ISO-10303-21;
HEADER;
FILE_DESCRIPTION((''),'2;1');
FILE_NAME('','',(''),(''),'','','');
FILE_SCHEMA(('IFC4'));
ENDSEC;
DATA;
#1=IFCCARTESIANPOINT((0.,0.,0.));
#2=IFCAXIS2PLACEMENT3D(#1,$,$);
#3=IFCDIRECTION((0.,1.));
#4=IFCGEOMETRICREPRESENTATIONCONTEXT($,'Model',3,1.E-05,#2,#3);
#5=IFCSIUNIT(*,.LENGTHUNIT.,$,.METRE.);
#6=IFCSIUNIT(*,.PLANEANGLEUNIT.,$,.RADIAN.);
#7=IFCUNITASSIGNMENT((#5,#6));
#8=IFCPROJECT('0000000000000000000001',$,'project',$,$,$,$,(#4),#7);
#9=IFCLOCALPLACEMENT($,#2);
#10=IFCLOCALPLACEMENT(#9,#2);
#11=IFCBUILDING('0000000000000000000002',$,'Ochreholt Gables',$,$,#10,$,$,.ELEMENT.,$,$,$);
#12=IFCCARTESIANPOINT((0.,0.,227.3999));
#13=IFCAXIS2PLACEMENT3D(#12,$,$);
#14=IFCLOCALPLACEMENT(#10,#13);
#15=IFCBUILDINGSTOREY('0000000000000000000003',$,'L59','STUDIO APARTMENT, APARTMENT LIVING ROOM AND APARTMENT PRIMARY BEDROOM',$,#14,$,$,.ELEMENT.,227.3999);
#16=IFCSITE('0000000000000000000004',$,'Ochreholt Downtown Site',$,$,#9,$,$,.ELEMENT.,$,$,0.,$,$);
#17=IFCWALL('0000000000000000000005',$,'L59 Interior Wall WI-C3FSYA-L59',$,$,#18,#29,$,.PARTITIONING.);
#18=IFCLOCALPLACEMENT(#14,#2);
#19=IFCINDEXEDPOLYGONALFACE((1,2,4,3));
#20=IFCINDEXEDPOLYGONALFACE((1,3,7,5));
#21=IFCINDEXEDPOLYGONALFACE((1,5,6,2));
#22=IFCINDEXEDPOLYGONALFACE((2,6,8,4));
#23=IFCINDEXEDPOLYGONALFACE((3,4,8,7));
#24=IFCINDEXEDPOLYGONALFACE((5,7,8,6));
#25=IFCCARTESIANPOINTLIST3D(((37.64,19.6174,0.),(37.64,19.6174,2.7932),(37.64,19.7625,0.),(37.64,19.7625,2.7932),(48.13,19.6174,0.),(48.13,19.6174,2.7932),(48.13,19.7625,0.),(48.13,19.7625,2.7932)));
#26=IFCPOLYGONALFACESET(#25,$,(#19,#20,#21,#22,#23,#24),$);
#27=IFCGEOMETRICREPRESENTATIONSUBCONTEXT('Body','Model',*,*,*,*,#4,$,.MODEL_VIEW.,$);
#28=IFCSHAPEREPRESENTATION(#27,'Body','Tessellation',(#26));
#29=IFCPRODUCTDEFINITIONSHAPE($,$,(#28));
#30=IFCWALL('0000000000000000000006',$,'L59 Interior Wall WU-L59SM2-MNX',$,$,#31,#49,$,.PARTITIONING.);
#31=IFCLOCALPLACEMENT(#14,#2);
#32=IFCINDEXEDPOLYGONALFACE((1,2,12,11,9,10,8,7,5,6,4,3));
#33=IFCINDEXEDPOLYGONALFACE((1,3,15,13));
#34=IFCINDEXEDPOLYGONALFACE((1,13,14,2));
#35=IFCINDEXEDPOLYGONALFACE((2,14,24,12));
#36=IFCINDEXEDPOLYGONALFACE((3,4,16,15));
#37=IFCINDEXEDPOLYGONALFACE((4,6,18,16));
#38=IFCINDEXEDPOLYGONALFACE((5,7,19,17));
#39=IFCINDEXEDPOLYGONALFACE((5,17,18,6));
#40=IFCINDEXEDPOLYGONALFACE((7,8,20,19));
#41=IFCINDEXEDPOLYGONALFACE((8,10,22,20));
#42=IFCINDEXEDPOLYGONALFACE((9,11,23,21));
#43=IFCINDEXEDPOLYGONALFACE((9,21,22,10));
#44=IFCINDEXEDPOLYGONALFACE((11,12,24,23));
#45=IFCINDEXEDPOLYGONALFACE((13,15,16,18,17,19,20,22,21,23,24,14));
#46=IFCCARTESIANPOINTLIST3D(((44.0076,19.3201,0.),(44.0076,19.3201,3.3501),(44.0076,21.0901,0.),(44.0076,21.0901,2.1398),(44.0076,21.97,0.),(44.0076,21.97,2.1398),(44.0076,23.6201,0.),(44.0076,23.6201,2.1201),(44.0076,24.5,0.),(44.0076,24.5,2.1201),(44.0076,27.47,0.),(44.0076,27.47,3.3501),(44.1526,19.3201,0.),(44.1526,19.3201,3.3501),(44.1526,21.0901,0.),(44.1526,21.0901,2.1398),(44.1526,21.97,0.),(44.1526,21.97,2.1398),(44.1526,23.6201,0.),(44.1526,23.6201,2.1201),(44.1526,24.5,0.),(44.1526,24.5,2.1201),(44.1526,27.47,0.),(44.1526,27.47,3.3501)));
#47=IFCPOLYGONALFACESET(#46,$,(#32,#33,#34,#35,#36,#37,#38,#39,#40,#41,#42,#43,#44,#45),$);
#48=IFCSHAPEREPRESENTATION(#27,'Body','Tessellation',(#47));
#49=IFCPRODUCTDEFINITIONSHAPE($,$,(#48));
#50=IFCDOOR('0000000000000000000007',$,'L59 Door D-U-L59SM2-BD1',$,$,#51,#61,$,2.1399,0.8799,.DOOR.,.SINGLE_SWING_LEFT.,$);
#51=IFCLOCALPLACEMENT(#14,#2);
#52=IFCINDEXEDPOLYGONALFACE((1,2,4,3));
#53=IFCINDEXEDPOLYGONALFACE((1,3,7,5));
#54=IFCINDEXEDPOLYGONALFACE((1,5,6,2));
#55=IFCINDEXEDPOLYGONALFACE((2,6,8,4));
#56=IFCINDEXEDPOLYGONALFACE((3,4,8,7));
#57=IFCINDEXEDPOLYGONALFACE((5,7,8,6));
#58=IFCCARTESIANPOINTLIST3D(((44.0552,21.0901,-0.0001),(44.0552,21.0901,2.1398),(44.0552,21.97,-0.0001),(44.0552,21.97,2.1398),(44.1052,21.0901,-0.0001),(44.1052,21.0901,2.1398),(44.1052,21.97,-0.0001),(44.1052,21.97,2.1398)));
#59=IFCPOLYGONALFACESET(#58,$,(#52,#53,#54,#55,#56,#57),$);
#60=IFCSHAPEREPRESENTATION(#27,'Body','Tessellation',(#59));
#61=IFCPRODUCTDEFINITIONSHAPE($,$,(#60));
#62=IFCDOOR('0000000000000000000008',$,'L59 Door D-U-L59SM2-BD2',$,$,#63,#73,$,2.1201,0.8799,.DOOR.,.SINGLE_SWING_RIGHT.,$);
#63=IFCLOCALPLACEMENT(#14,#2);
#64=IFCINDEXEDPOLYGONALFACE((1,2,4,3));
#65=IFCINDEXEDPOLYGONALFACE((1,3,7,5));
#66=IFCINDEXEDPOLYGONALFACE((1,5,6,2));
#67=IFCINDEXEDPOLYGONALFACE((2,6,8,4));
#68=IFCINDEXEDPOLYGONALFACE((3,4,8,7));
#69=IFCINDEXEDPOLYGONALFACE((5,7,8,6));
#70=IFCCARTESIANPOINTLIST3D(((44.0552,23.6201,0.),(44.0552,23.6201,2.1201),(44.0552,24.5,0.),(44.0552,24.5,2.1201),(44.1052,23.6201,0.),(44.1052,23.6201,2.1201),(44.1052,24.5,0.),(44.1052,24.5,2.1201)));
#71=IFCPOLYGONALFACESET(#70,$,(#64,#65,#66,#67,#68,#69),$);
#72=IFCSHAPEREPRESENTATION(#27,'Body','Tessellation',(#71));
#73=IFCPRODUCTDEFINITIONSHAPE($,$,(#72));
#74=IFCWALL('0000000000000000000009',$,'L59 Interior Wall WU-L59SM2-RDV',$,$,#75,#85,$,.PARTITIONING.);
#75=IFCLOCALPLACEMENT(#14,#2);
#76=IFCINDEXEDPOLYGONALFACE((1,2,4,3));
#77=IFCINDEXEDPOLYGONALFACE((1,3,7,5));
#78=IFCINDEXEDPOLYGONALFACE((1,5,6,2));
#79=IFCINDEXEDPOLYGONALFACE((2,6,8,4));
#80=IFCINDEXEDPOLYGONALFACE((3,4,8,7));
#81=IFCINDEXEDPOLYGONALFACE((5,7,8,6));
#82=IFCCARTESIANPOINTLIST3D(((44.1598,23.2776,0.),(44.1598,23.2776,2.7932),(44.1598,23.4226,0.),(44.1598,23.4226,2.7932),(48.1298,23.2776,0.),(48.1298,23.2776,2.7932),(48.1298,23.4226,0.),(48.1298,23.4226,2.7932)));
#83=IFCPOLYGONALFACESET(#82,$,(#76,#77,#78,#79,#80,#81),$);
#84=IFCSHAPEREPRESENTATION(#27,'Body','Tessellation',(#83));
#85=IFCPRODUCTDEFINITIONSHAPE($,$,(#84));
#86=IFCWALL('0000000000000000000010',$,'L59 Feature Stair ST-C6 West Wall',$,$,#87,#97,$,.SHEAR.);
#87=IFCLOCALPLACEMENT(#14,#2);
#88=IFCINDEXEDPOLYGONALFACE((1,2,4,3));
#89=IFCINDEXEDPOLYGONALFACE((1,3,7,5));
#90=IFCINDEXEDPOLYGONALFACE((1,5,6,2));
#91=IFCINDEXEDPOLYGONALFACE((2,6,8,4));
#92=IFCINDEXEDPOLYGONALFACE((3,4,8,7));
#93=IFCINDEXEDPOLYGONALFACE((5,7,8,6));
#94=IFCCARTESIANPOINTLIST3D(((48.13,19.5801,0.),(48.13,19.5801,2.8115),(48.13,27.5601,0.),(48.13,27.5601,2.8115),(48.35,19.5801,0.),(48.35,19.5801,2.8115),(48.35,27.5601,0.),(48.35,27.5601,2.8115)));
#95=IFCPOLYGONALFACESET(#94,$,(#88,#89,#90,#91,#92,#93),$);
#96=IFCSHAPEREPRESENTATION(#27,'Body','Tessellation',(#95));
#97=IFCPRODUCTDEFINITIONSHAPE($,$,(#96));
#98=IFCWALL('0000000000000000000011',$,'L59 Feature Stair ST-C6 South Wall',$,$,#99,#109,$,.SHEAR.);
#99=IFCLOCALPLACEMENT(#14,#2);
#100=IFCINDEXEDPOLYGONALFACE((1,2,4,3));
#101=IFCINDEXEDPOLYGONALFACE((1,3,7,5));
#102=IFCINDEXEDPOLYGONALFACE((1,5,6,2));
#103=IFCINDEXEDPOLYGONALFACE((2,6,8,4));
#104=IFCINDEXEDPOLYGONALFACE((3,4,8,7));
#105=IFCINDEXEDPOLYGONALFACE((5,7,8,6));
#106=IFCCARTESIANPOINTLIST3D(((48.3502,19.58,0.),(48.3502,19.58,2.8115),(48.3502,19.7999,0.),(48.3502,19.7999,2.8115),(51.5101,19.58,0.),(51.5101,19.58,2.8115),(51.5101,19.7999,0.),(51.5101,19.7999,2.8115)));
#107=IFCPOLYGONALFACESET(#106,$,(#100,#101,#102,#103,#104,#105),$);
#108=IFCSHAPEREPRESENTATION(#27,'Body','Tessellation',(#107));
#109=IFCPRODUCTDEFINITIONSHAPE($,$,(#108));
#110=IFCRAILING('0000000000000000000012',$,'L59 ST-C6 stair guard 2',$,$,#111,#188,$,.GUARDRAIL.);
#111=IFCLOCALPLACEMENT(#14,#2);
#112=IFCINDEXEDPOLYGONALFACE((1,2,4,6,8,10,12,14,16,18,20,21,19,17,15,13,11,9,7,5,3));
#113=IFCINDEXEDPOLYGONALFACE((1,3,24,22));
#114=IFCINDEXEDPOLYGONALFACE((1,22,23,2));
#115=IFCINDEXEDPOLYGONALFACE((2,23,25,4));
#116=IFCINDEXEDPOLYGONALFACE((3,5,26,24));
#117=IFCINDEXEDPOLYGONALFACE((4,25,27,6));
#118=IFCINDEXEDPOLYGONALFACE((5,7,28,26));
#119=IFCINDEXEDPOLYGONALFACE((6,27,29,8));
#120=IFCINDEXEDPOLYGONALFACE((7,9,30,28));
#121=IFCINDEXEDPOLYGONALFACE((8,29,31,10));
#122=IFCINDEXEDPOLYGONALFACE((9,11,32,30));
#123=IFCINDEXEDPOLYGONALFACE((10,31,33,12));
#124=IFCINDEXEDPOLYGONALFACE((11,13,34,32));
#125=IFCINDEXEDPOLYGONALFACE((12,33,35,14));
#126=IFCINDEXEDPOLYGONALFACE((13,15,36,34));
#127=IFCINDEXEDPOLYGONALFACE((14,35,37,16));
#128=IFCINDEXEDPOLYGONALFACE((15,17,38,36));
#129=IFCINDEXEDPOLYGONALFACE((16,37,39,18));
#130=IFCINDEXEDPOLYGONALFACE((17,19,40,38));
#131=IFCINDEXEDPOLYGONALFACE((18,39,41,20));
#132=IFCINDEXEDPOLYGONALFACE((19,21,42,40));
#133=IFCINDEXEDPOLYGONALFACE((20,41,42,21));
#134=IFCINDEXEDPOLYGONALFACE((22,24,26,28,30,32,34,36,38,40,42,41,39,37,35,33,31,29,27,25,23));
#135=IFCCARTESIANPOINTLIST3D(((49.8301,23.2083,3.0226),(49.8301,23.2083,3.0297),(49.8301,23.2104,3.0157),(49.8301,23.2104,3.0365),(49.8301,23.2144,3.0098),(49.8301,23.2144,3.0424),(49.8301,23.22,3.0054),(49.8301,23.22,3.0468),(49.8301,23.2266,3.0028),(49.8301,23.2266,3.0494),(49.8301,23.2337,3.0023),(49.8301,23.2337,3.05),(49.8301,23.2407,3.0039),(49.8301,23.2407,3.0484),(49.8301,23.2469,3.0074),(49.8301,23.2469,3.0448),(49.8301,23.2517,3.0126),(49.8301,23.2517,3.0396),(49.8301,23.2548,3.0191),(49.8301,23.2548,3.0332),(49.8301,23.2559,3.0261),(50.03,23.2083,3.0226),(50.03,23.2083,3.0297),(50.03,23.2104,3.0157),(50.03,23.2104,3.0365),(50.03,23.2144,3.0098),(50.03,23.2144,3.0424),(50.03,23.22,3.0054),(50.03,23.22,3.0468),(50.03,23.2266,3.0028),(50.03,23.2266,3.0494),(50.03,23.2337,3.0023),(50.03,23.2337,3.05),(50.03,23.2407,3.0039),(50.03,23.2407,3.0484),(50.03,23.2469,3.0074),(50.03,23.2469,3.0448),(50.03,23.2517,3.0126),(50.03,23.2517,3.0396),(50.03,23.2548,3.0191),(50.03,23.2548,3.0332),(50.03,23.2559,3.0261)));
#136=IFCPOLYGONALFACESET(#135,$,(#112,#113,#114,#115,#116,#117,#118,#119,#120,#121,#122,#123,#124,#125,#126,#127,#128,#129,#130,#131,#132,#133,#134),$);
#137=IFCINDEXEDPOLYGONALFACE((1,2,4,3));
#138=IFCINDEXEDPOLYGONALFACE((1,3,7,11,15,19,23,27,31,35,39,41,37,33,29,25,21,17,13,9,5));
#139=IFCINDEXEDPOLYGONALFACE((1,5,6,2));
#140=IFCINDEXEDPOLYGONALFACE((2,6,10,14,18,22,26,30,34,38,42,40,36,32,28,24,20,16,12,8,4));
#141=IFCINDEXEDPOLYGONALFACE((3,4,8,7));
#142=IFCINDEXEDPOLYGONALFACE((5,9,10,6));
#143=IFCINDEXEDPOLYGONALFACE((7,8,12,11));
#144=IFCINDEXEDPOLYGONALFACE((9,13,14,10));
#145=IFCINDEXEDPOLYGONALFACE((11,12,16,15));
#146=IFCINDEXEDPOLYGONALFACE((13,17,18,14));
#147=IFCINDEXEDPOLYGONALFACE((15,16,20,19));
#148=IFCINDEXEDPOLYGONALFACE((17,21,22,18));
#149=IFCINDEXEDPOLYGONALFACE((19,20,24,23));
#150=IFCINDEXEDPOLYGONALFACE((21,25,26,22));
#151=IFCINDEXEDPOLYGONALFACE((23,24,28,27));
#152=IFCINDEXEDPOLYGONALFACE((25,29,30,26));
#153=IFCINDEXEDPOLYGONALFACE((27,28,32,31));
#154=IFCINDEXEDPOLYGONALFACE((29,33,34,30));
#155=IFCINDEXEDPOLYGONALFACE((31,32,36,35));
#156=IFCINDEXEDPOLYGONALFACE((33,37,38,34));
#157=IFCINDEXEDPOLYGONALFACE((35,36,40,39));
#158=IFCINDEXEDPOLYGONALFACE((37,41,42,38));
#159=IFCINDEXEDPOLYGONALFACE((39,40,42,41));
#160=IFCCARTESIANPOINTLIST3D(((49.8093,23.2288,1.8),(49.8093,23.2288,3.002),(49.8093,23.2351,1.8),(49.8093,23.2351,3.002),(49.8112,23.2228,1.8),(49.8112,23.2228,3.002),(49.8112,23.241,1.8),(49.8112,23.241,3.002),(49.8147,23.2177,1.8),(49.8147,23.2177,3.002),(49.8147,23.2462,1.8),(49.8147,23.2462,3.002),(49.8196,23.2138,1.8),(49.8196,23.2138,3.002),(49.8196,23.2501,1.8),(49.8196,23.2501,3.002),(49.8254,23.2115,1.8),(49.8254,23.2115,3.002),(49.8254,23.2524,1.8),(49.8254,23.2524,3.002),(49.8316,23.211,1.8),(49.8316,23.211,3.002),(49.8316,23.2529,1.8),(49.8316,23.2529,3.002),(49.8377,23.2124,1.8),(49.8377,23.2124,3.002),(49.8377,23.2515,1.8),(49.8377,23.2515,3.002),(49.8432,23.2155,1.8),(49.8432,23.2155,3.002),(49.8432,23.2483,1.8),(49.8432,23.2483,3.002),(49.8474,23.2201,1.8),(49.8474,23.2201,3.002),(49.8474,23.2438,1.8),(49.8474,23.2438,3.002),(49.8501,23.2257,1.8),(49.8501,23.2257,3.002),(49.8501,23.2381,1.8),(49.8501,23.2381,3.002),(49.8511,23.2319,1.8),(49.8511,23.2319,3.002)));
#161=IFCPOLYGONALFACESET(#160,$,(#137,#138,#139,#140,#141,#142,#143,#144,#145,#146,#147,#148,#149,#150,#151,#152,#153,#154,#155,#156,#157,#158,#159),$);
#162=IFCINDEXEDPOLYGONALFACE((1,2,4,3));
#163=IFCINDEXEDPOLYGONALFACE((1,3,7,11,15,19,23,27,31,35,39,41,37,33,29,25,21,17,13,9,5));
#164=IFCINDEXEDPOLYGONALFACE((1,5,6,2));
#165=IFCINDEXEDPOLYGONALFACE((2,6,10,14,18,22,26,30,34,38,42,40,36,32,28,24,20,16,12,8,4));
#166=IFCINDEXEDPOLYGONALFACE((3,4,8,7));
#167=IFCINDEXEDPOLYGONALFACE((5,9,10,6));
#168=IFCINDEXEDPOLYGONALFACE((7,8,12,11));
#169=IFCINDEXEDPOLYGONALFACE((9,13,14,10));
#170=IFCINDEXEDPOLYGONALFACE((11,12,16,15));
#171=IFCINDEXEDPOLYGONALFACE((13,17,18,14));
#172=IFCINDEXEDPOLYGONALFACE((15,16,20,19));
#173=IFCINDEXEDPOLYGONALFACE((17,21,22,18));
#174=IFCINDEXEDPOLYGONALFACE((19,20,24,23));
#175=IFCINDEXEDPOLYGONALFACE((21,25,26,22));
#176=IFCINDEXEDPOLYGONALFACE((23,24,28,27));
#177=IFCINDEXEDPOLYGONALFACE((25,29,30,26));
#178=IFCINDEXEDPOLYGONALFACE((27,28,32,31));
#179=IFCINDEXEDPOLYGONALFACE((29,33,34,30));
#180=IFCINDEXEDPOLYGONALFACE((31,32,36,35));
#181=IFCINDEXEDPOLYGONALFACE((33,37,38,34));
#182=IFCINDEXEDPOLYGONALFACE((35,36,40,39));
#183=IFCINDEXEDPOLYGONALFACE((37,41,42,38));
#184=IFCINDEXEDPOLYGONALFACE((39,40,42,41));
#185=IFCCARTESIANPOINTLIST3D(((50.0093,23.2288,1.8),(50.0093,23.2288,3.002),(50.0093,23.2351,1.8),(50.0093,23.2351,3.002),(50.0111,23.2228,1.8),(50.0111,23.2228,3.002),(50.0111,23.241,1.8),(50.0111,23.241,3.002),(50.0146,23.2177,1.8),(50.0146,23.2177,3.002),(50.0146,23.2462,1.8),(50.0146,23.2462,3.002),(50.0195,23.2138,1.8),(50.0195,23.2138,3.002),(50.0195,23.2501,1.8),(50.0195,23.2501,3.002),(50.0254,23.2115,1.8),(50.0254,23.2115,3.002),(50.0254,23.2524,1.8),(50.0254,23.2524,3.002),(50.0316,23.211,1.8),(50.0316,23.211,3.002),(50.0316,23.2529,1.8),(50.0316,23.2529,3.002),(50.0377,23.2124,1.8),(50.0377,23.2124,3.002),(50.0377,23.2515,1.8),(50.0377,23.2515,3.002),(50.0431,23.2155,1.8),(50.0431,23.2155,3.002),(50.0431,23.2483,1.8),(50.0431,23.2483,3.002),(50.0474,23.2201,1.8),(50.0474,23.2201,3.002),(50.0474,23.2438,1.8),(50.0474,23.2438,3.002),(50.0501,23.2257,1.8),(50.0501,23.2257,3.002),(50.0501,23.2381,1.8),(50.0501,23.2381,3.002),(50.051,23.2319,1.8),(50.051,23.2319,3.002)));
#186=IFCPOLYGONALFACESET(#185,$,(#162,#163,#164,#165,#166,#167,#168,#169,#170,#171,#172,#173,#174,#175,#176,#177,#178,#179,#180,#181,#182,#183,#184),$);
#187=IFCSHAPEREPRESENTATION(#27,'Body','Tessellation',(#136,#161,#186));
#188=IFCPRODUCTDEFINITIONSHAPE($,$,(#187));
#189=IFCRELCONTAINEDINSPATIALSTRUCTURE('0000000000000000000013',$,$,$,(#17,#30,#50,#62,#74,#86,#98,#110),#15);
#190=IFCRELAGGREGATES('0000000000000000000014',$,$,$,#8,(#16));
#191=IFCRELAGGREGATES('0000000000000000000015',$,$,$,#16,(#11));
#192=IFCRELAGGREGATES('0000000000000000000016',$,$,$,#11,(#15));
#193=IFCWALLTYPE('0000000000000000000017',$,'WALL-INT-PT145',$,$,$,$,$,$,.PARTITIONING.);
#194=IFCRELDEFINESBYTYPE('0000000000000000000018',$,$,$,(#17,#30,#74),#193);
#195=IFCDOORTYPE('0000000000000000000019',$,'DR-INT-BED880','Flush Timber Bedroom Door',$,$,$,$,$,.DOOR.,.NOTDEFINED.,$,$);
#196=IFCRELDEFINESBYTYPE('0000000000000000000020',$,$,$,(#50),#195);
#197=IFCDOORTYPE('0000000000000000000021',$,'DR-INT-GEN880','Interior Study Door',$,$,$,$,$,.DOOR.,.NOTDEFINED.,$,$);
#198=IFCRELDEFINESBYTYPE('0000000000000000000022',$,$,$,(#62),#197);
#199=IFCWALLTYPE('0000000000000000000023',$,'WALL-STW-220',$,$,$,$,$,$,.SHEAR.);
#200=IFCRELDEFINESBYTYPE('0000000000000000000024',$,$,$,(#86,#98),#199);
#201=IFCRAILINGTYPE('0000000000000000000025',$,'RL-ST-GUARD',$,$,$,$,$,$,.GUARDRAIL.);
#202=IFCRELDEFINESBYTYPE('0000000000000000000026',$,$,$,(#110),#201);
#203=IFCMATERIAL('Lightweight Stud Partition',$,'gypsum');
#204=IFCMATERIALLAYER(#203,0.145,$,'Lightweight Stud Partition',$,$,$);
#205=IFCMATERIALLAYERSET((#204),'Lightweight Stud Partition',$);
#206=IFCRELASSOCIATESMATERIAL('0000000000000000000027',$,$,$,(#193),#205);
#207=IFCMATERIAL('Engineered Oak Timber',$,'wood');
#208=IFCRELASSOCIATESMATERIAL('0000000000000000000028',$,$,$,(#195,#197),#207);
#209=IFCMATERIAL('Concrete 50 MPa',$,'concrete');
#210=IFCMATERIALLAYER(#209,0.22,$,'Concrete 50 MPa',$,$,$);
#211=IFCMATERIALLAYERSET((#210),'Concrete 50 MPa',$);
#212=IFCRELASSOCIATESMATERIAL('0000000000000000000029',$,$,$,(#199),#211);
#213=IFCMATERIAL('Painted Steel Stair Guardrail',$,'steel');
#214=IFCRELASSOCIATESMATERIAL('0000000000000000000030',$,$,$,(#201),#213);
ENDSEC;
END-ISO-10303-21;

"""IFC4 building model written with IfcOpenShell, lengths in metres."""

from ifc_helpers import new_model, si_unit, direction, frame, frame_2d, origin, origin_2d, place, context, subcontext, project, spatial, rectangle, circle, extrude, material, layer, layer_set, type_object, element, fill, save


model = new_model("IFC4")

# Units and contexts
model_context = context("Model", 3, precision=1e-05, world=origin(), true_north=direction((0.0, 1.0)))
body_context = subcontext(model_context, "Body", "Model", "MODEL_VIEW")
ifc_project = project(units=[si_unit("LENGTHUNIT", "METRE"), si_unit("PLANEANGLEUNIT", "RADIAN")], contexts=[model_context])

# Site, building, storey
site_placement = place(None, origin())
site = spatial("IfcSite", under=ifc_project, at=site_placement, Name="Ochreholt Downtown Site", CompositionType="ELEMENT", RefElevation=0.0)
building_placement = place(site_placement, origin())
building = spatial("IfcBuilding", under=site, at=building_placement, Name="Ochreholt Gables", CompositionType="ELEMENT")
storey_placement = place(building_placement, frame((0.0, 0.0, 227.3999)))
storey = spatial("IfcBuildingStorey", under=building, at=storey_placement, Name="L59", Description="STUDIO APARTMENT, APARTMENT LIVING ROOM AND APARTMENT PRIMARY BEDROOM", CompositionType="ELEMENT", Elevation=227.3999)

# Shared definitions
ifc_material_1 = material(Name="Engineered Oak Timber", Category="wood")

# Wall
ifc_material_2 = material(Name="Lightweight Stud Partition", Category="gypsum")
ifc_layer_1 = layer(ifc_material_2, 0.145, Name="Lightweight Stud Partition")
ifc_layer_set_1 = layer_set([ifc_layer_1], Name="Lightweight Stud Partition")
wall_type_1 = type_object("IfcWallType", Name="WALL-INT-PT145", PredefinedType="PARTITIONING", material=ifc_layer_set_1)
wall_1_placement = place(storey_placement, frame((37.6399, 19.6899, 0.0), z_axis=(0.0, 0.0, 1.0), x_axis=(1.0, 0.0, 0.0)))
element("IfcWall", 1, at=wall_1_placement, inside=storey, type_object=wall_type_1, Name="L59 Interior Wall WI-C3FSYA-L59", PredefinedType="PARTITIONING", context=body_context, shape_type="SweptSolid", body=[
    extrude(rectangle(XDim=10.49, YDim=0.145, at=frame_2d((5.2451, 0.0))), origin(), (0.0, 0.0, 1.0), 2.7932),
])

# Wall, openings, doors
wall_2_placement = place(storey_placement, frame((44.0801, 19.3201, 0.0), z_axis=(0.0, 0.0, 1.0), x_axis=(0.0, 1.0, 0.0)))
wall_2 = element("IfcWall", 2, at=wall_2_placement, inside=storey, type_object=wall_type_1, Name="L59 Interior Wall WU-L59SM2-MNX", PredefinedType="PARTITIONING", context=body_context, shape_type="SweptSolid", body=[
    extrude(rectangle(XDim=8.1499, YDim=0.145, at=frame_2d((4.075, 0.0))), origin(), (0.0, 0.0, 1.0), 3.3501),
])
opening_1_placement = place(wall_2_placement, frame((1.77, 0.0, 0.0)))
opening_1 = element("IfcOpeningElement", 3, at=opening_1_placement, cuts=wall_2, PredefinedType="OPENING", context=body_context, shape_type="SweptSolid", body=[
    extrude(rectangle(XDim=0.8799, YDim=2.1399, at=frame_2d((0.4399, 1.0698))), frame((0.0, 0.0825, 0.0), z_axis=(0.0, -1.0, 0.0), x_axis=(1.0, 0.0, 0.0)), (0.0, 0.0, 1.0), 0.165),
])
opening_2_placement = place(wall_2_placement, frame((4.3, 0.0, 0.0)))
opening_2 = element("IfcOpeningElement", 4, at=opening_2_placement, cuts=wall_2, PredefinedType="OPENING", context=body_context, shape_type="SweptSolid", body=[
    extrude(rectangle(XDim=0.8799, YDim=2.1201, at=frame_2d((0.4399, 1.0601))), frame((0.0, 0.0825, 0.0), z_axis=(0.0, -1.0, 0.0), x_axis=(1.0, 0.0, 0.0)), (0.0, 0.0, 1.0), 0.165),
])
door_type_1 = type_object("IfcDoorType", Name="DR-INT-BED880", Description="Flush Timber Bedroom Door", OperationType="NOTDEFINED", PredefinedType="DOOR", material=ifc_material_1)
door_1_placement = place(opening_1_placement, origin())
door_1 = element("IfcDoor", 5, at=door_1_placement, inside=storey, type_object=door_type_1, Name="L59 Door D-U-L59SM2-BD1", OperationType="SINGLE_SWING_LEFT", OverallHeight=2.1399, OverallWidth=0.8799, PredefinedType="DOOR", context=body_context, shape_type="SweptSolid", body=[
    extrude(rectangle(XDim=0.8799, YDim=2.1399, at=frame_2d((0.4399, 1.0698))), frame((0.0, 0.0249, 0.0), z_axis=(0.0, -1.0, 0.0), x_axis=(1.0, 0.0, 0.0)), (0.0, 0.0, 1.0), 0.05),
])
fill(opening_1, door_1)
door_type_2 = type_object("IfcDoorType", Name="DR-INT-GEN880", Description="Interior Study Door", OperationType="NOTDEFINED", PredefinedType="DOOR", material=ifc_material_1)
door_2_placement = place(opening_2_placement, origin())
door_2 = element("IfcDoor", 6, at=door_2_placement, inside=storey, type_object=door_type_2, Name="L59 Door D-U-L59SM2-BD2", OperationType="SINGLE_SWING_RIGHT", OverallHeight=2.1201, OverallWidth=0.8799, PredefinedType="DOOR", context=body_context, shape_type="SweptSolid", body=[
    extrude(rectangle(XDim=0.8799, YDim=2.1201, at=frame_2d((0.4399, 1.0601))), frame((0.0, 0.0249, 0.0), z_axis=(0.0, -1.0, 0.0), x_axis=(1.0, 0.0, 0.0)), (0.0, 0.0, 1.0), 0.05),
])
fill(opening_2, door_2)

# Walls
wall_3_placement = place(storey_placement, frame((44.1599, 23.3501, 0.0), z_axis=(0.0, 0.0, 1.0), x_axis=(1.0, 0.0, 0.0)))
element("IfcWall", 7, at=wall_3_placement, inside=storey, type_object=wall_type_1, Name="L59 Interior Wall WU-L59SM2-RDV", PredefinedType="PARTITIONING", context=body_context, shape_type="SweptSolid", body=[
    extrude(rectangle(XDim=3.97, YDim=0.145, at=frame_2d((1.9849, 0.0))), origin(), (0.0, 0.0, 1.0), 2.7932),
])
ifc_material_3 = material(Name="Concrete 50 MPa", Category="concrete")
ifc_layer_2 = layer(ifc_material_3, 0.22, Name="Concrete 50 MPa")
ifc_layer_set_2 = layer_set([ifc_layer_2], Name="Concrete 50 MPa")
wall_type_2 = type_object("IfcWallType", Name="WALL-STW-220", PredefinedType="SHEAR", material=ifc_layer_set_2)
wall_4_placement = place(storey_placement, frame((48.24, 19.5801, 0.0), z_axis=(0.0, 0.0, 1.0), x_axis=(0.0, 1.0, 0.0)))
element("IfcWall", 8, at=wall_4_placement, inside=storey, type_object=wall_type_2, Name="L59 Feature Stair ST-C6 West Wall", PredefinedType="SHEAR", context=body_context, shape_type="SweptSolid", body=[
    extrude(rectangle(XDim=7.98, YDim=0.22, at=frame_2d((3.99, 0.0))), origin(), (0.0, 0.0, 1.0), 2.8115),
])
wall_5_placement = place(storey_placement, frame((48.3501, 19.6899, 0.0), z_axis=(0.0, 0.0, 1.0), x_axis=(1.0, 0.0, 0.0)))
element("IfcWall", 9, at=wall_5_placement, inside=storey, type_object=wall_type_2, Name="L59 Feature Stair ST-C6 South Wall", PredefinedType="SHEAR", context=body_context, shape_type="SweptSolid", body=[
    extrude(rectangle(XDim=3.1599, YDim=0.22, at=frame_2d((1.5801, 0.0))), origin(), (0.0, 0.0, 1.0), 2.8115),
])

# Railing
ifc_material_4 = material(Name="Painted Steel Stair Guardrail", Category="steel")
railing_type = type_object("IfcRailingType", Name="RL-ST-GUARD", PredefinedType="GUARDRAIL", material=ifc_material_4)
railing_1_placement = place(storey_placement, frame((49.8301, 23.2319, 1.8)))
element("IfcRailing", 10, at=railing_1_placement, inside=storey, type_object=railing_type, Name="L59 ST-C6 stair guard 2", PredefinedType="GUARDRAIL", context=body_context, shape_type="SweptSolid", body=[
    extrude(circle(Radius=0.0239, at=origin_2d()), frame((0.0, 0.0, 1.2261), z_axis=(1.0, 0.0, 0.0), x_axis=(0.0, 1.0, 0.0)), (0.0, 0.0, 1.0), 0.2),
    extrude(circle(Radius=0.021, at=origin_2d()), origin(), (0.0, 0.0, 1.0), 1.2019),
    extrude(circle(Radius=0.021, at=origin_2d()), frame((0.2, 0.0, 0.0)), (0.0, 0.0, 1.0), 1.2019),
])

save(model, "model.ifc")
